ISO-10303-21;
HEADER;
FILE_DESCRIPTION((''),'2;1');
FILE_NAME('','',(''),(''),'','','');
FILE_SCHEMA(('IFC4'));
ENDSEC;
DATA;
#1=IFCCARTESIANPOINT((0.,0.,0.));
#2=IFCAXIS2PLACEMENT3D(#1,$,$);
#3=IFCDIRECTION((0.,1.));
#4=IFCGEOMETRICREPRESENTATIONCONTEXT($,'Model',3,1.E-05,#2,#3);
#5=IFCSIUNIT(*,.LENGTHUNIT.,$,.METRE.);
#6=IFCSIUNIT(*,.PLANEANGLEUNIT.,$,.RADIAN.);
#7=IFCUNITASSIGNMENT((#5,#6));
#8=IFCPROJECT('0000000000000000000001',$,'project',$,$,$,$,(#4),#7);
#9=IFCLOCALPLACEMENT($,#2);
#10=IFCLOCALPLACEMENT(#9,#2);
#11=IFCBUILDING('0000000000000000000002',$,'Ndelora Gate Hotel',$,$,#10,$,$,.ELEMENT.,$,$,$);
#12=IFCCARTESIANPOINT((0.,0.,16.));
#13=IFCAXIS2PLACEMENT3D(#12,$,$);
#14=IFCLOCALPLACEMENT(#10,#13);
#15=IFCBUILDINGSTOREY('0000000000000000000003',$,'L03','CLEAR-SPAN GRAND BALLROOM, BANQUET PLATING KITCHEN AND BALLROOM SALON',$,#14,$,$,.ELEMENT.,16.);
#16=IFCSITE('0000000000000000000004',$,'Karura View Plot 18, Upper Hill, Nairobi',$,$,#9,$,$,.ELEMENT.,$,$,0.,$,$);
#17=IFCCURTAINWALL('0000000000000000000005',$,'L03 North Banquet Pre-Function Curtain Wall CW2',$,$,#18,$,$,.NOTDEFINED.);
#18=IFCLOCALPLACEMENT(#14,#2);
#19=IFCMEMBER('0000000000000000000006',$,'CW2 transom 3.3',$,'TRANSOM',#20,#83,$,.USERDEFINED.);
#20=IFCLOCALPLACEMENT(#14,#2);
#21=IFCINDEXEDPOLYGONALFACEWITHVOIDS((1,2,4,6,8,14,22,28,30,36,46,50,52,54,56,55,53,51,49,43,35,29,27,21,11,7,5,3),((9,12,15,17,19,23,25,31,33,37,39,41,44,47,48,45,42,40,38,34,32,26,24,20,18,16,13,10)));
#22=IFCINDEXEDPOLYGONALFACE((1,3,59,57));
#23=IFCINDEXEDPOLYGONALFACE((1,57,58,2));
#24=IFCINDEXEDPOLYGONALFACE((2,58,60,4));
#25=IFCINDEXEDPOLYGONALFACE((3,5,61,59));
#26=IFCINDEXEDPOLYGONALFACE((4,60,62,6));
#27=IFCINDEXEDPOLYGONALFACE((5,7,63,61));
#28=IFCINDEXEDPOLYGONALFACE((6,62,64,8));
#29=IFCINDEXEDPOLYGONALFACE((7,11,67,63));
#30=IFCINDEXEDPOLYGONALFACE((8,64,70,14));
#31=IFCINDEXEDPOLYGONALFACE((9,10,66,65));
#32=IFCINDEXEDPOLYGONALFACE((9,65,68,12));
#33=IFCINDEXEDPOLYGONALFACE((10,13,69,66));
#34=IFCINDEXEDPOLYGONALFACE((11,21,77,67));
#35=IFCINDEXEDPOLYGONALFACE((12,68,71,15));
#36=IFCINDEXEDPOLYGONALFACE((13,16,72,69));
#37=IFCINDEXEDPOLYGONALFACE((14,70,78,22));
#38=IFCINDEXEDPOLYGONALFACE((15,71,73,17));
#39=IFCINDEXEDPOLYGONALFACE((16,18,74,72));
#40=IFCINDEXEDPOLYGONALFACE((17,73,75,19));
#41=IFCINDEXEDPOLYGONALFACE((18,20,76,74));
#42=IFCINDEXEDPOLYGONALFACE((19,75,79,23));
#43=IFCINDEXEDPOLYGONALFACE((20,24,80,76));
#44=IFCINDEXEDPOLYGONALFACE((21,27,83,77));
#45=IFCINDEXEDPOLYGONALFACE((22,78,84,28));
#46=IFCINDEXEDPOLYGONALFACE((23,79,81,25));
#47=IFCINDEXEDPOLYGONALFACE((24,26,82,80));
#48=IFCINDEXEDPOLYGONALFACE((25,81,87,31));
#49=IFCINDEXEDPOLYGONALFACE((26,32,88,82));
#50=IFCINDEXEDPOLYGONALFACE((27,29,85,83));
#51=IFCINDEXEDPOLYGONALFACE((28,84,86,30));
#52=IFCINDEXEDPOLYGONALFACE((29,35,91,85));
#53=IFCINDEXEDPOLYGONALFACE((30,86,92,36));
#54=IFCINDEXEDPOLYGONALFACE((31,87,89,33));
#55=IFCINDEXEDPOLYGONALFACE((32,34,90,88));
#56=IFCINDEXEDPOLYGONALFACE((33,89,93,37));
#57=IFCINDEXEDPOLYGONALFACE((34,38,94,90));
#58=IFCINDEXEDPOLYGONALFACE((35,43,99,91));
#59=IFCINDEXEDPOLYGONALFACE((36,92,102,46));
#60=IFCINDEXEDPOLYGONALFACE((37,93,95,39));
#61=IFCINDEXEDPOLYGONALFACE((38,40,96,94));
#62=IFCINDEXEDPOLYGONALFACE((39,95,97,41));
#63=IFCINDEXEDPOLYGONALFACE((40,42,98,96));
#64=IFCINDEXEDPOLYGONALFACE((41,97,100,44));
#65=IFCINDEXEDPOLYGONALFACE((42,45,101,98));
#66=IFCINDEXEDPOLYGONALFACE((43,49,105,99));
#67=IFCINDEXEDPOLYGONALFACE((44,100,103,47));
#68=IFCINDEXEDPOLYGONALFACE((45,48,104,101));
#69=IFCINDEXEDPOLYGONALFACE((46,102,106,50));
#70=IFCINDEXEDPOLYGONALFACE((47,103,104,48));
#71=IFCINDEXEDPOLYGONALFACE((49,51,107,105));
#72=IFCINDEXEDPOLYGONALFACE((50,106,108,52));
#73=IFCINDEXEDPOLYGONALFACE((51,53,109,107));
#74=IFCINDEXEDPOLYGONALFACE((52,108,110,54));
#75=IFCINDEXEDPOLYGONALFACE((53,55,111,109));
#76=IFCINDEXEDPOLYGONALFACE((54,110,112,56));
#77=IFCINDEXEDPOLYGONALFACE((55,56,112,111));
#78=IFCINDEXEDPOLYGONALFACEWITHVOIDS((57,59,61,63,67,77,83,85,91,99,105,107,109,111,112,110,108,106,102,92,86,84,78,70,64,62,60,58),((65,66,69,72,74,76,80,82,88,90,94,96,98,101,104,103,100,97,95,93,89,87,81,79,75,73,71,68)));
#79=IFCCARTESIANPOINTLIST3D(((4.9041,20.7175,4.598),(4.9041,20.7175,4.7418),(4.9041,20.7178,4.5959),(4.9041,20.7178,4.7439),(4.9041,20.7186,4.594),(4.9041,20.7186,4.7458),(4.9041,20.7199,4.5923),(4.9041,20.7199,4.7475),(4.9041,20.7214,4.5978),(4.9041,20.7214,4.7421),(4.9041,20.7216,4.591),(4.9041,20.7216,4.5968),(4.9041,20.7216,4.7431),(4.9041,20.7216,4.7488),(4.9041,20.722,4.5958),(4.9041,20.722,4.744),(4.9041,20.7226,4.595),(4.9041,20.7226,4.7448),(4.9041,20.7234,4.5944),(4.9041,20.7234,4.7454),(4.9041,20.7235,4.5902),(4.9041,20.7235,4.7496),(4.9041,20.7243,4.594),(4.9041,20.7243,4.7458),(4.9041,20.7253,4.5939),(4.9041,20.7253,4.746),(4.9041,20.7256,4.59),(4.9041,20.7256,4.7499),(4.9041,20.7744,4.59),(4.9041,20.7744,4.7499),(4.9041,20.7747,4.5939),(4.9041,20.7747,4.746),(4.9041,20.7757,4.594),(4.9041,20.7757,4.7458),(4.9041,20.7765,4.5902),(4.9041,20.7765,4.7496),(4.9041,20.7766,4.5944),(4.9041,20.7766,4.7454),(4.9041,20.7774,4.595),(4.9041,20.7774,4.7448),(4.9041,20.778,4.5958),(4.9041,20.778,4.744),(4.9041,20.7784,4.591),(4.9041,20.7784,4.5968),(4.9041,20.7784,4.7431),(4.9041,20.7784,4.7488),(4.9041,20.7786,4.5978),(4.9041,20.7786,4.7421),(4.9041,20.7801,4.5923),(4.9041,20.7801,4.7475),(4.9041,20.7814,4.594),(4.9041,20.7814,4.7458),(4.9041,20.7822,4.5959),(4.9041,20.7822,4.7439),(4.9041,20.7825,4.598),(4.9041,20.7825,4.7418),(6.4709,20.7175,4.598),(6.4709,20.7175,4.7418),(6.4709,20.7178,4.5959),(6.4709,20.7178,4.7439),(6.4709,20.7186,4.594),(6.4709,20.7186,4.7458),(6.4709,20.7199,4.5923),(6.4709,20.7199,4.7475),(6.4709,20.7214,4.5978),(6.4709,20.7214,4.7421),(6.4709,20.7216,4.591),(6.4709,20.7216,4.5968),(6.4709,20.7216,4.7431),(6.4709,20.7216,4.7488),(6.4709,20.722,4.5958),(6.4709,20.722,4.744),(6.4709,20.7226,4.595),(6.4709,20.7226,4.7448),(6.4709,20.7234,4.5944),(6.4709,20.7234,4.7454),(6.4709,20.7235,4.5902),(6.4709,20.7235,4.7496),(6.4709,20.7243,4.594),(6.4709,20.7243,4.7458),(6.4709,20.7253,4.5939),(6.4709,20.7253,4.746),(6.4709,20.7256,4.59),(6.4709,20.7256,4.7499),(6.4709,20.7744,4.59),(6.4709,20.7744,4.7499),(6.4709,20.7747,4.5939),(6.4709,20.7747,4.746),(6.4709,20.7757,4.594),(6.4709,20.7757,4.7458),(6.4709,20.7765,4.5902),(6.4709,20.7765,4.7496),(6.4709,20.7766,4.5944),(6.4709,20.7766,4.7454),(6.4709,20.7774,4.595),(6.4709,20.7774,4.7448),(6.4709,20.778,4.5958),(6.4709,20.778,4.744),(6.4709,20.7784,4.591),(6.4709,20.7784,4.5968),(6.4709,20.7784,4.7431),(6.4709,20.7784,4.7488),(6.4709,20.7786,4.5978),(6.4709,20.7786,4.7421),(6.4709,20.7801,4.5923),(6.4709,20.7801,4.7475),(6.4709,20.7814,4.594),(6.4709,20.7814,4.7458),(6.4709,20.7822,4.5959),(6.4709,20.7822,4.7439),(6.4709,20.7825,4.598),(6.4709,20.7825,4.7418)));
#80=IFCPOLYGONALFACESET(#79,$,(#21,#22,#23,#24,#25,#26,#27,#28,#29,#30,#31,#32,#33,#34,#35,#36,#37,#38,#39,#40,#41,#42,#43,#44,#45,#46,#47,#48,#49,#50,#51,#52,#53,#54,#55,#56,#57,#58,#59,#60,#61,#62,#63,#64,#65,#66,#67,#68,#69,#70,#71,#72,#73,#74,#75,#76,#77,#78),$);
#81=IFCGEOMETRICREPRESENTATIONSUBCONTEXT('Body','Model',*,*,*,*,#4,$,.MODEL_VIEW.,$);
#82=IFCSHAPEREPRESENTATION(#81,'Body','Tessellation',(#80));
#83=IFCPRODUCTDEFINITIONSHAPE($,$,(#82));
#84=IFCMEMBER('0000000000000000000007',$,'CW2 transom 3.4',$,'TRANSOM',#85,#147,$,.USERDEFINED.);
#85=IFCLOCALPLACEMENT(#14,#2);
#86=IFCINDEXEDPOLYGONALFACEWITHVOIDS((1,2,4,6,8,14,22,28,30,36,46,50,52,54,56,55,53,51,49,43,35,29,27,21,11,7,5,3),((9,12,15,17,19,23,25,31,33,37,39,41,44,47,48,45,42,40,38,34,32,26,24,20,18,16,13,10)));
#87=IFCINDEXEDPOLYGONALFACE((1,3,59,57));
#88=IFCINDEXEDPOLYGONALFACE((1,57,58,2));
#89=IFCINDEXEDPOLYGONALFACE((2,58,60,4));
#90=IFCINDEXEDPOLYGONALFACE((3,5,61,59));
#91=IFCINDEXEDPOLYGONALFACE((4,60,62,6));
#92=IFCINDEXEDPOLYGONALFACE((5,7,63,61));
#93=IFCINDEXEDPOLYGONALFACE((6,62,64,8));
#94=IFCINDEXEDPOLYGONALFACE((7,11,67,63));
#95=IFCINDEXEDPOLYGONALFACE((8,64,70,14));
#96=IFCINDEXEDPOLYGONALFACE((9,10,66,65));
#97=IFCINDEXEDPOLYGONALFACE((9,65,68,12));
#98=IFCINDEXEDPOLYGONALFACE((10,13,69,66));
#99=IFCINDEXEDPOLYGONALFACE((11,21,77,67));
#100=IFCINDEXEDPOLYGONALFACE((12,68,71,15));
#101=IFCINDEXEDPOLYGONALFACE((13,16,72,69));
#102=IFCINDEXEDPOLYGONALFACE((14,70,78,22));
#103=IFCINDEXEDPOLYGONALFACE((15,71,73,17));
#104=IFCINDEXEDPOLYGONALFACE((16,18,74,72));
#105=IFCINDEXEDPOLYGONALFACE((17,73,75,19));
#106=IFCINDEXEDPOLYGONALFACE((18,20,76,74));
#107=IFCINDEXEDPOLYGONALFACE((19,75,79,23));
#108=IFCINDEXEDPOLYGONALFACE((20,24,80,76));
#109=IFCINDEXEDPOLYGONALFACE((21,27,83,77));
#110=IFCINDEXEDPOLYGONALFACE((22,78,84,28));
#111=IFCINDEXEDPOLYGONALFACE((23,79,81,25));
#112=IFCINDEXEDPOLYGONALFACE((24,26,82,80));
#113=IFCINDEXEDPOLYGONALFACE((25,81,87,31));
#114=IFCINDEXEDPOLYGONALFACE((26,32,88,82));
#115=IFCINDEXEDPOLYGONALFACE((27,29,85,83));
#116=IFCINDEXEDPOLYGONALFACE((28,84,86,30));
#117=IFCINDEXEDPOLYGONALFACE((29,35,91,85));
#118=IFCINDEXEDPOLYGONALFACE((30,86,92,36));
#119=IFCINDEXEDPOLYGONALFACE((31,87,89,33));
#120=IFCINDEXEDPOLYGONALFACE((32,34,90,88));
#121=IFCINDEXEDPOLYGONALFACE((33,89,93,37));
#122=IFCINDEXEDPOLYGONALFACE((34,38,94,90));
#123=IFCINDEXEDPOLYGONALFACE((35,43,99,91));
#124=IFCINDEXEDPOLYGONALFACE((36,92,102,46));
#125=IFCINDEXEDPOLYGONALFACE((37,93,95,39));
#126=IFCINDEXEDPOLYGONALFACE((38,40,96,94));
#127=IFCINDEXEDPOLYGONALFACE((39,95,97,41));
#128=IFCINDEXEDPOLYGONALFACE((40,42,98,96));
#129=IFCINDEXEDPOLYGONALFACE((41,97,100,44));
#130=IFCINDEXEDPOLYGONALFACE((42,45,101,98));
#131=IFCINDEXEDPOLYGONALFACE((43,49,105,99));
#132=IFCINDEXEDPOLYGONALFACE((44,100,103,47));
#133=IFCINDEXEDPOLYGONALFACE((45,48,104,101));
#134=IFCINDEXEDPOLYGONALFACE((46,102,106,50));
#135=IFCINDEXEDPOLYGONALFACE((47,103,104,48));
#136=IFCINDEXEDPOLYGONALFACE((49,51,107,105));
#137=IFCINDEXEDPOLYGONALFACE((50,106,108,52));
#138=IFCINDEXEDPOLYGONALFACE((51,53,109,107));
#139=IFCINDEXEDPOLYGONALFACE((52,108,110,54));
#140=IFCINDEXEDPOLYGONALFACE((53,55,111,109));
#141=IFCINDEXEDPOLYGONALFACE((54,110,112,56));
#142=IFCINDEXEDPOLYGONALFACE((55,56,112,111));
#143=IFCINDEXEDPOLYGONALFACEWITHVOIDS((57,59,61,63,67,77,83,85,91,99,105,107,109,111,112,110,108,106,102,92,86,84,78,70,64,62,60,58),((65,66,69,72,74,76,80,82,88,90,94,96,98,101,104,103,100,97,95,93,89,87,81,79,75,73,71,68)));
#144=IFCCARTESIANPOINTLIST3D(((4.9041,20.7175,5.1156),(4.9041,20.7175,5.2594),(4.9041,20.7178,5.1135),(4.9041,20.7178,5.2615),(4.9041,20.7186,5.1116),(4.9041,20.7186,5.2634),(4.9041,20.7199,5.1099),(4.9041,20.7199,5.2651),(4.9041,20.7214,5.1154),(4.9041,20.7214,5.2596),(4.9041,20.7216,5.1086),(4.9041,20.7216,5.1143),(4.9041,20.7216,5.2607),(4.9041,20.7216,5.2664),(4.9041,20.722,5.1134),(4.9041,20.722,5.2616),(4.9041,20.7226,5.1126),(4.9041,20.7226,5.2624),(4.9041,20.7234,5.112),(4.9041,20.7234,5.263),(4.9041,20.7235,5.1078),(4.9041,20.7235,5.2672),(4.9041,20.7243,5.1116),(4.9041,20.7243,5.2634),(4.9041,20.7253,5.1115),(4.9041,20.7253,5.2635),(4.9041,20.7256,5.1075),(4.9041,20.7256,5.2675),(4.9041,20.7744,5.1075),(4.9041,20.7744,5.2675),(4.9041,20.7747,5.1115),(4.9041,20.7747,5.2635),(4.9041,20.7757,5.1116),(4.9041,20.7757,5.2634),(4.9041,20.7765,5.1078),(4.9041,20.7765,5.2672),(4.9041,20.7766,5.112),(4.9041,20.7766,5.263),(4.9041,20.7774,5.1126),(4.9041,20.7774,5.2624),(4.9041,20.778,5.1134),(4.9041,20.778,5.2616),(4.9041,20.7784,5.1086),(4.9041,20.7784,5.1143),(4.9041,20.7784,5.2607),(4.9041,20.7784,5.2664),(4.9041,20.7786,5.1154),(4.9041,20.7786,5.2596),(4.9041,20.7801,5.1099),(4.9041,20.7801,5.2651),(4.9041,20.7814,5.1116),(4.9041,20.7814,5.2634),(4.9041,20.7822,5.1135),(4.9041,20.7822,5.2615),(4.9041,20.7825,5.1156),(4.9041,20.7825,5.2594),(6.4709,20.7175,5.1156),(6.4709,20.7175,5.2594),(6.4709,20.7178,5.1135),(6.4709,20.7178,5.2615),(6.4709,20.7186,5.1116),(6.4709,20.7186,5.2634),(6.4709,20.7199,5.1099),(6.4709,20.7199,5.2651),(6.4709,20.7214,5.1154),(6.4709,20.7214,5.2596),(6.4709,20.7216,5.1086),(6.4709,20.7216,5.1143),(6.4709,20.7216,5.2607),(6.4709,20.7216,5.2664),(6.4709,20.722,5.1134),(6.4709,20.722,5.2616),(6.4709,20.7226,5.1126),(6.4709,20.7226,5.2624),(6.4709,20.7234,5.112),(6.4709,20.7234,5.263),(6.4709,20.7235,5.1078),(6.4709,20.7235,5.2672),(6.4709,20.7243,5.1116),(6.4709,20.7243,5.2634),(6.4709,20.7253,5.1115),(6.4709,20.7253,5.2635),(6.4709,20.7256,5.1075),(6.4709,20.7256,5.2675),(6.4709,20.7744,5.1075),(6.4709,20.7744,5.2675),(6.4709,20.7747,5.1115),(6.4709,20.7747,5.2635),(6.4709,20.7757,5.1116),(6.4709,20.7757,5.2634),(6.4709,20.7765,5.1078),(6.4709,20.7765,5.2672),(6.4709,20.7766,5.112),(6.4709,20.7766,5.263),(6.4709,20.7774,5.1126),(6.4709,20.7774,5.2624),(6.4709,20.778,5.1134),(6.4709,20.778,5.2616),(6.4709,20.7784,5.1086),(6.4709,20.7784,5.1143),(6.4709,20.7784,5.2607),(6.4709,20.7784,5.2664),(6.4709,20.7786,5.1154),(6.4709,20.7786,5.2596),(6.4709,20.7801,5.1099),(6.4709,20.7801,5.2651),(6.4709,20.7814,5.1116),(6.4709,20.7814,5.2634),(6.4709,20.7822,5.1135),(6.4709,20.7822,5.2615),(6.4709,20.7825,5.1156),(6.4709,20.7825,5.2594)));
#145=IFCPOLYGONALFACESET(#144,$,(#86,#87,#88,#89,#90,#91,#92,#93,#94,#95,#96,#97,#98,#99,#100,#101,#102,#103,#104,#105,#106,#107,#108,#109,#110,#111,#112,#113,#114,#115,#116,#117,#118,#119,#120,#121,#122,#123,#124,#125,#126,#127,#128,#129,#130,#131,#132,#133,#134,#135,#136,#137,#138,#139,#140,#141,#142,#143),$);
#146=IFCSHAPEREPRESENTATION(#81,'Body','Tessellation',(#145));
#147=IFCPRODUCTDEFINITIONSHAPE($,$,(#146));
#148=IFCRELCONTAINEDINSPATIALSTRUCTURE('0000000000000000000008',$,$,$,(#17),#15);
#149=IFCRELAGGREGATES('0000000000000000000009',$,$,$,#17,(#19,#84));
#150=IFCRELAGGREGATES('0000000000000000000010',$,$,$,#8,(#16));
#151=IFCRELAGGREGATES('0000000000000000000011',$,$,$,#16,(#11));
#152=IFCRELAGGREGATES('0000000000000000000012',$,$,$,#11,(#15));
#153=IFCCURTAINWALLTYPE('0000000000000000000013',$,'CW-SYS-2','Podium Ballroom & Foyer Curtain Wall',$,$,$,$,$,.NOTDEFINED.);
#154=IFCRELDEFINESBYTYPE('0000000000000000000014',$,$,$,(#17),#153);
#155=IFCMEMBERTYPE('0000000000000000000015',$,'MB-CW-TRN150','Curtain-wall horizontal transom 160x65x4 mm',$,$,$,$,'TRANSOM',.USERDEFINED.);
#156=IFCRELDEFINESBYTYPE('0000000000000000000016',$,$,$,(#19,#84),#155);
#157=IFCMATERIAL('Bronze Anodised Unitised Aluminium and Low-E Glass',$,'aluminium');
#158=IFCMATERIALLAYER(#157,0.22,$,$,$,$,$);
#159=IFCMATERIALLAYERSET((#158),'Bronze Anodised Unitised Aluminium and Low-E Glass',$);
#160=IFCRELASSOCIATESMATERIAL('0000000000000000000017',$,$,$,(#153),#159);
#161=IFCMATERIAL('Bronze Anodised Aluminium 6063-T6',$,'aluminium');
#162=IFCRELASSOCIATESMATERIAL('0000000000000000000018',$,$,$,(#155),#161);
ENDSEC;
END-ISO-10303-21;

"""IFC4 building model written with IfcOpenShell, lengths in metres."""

from ifc_helpers import new_model, si_unit, direction, frame, origin, origin_2d, place, context, subcontext, project, spatial, hollow_rectangle, extrude, material, layer, layer_set, material_profile, profile_set, type_object, element, aggregate, save


model = new_model("IFC4")

# Units and contexts
model_context = context("Model", 3, precision=1e-05, world=origin(), true_north=direction((0.0, 1.0)))
body_context = subcontext(model_context, "Body", "Model", "MODEL_VIEW")
ifc_project = project(units=[si_unit("LENGTHUNIT", "METRE"), si_unit("PLANEANGLEUNIT", "RADIAN")], contexts=[model_context])

# Site, building, storey
site_placement = place(None, origin())
site = spatial("IfcSite", under=ifc_project, at=site_placement, Name="Karura View Plot 18, Upper Hill, Nairobi", CompositionType="ELEMENT", RefElevation=0.0)
building_placement = place(site_placement, origin())
building = spatial("IfcBuilding", under=site, at=building_placement, Name="Ndelora Gate Hotel", CompositionType="ELEMENT")
storey_placement = place(building_placement, frame((0.0, 0.0, 16.0)))
storey = spatial("IfcBuildingStorey", under=building, at=storey_placement, Name="L03", Description="CLEAR-SPAN GRAND BALLROOM, BANQUET PLATING KITCHEN AND BALLROOM SALON", CompositionType="ELEMENT", Elevation=16.0)

# Curtain wall, members
ifc_material_1 = material(Name="Bronze Anodised Unitised Aluminium and Low-E Glass", Category="aluminium")
ifc_layer_1 = layer(ifc_material_1, 0.22)
ifc_layer_set_1 = layer_set([ifc_layer_1], Name="Bronze Anodised Unitised Aluminium and Low-E Glass")
curtain_wall_type = type_object("IfcCurtainWallType", Name="CW-SYS-2", Description="Podium Ballroom & Foyer Curtain Wall", PredefinedType="NOTDEFINED", material=ifc_layer_set_1)
curtain_wall_placement = place(storey_placement, origin())
curtain_wall = element("IfcCurtainWall", 1, at=curtain_wall_placement, inside=storey, type_object=curtain_wall_type, Name="L03 North Banquet Pre-Function Curtain Wall CW2", PredefinedType="NOTDEFINED")
ifc_material_2 = material(Name="Bronze Anodised Aluminium 6063-T6", Category="aluminium")
ifc_material_profile_1 = material_profile(ifc_material_2, hollow_rectangle(XDim=0.0649, YDim=0.1599, WallThickness=0.0039, InnerFilletRadius=0.0039, OuterFilletRadius=0.0081, at=origin_2d()), Name="ALU 160x65x4")
ifc_profile_set_1 = profile_set([ifc_material_profile_1], Name="Bronze Anodised Aluminium 6063-T6")
member_type_1 = type_object("IfcMemberType", Name="MB-CW-TRN150", Description="Curtain-wall horizontal transom 160x65x4 mm", ElementType="TRANSOM", PredefinedType="USERDEFINED", material=ifc_profile_set_1)
member_1_placement = place(storey_placement, frame((6.4709, 20.75, 4.6699), z_axis=(-1.0, 0.0, 0.0), x_axis=(0.0, -1.0, 0.0)))
member_1 = element("IfcMember", 2, at=member_1_placement, type_object=member_type_1, Name="CW2 transom 3.3", ObjectType="TRANSOM", PredefinedType="USERDEFINED", context=body_context, shape_type="SweptSolid", body=[
    extrude(hollow_rectangle(XDim=0.0649, YDim=0.1599, WallThickness=0.0039, InnerFilletRadius=0.0039, OuterFilletRadius=0.0081, at=origin_2d()), origin(), (0.0, 0.0, 1.0), 1.5669),
])
member_2_placement = place(storey_placement, frame((6.4709, 20.75, 5.1875), z_axis=(-1.0, 0.0, 0.0), x_axis=(0.0, -1.0, 0.0)))
member_2 = element("IfcMember", 3, at=member_2_placement, type_object=member_type_1, Name="CW2 transom 3.4", ObjectType="TRANSOM", PredefinedType="USERDEFINED", context=body_context, shape_type="SweptSolid", body=[
    extrude(hollow_rectangle(XDim=0.0649, YDim=0.1599, WallThickness=0.0039, InnerFilletRadius=0.0039, OuterFilletRadius=0.0081, at=origin_2d()), origin(), (0.0, 0.0, 1.0), 1.5669),
])
aggregate(curtain_wall, [member_1, member_2])

save(model, "model.ifc")
